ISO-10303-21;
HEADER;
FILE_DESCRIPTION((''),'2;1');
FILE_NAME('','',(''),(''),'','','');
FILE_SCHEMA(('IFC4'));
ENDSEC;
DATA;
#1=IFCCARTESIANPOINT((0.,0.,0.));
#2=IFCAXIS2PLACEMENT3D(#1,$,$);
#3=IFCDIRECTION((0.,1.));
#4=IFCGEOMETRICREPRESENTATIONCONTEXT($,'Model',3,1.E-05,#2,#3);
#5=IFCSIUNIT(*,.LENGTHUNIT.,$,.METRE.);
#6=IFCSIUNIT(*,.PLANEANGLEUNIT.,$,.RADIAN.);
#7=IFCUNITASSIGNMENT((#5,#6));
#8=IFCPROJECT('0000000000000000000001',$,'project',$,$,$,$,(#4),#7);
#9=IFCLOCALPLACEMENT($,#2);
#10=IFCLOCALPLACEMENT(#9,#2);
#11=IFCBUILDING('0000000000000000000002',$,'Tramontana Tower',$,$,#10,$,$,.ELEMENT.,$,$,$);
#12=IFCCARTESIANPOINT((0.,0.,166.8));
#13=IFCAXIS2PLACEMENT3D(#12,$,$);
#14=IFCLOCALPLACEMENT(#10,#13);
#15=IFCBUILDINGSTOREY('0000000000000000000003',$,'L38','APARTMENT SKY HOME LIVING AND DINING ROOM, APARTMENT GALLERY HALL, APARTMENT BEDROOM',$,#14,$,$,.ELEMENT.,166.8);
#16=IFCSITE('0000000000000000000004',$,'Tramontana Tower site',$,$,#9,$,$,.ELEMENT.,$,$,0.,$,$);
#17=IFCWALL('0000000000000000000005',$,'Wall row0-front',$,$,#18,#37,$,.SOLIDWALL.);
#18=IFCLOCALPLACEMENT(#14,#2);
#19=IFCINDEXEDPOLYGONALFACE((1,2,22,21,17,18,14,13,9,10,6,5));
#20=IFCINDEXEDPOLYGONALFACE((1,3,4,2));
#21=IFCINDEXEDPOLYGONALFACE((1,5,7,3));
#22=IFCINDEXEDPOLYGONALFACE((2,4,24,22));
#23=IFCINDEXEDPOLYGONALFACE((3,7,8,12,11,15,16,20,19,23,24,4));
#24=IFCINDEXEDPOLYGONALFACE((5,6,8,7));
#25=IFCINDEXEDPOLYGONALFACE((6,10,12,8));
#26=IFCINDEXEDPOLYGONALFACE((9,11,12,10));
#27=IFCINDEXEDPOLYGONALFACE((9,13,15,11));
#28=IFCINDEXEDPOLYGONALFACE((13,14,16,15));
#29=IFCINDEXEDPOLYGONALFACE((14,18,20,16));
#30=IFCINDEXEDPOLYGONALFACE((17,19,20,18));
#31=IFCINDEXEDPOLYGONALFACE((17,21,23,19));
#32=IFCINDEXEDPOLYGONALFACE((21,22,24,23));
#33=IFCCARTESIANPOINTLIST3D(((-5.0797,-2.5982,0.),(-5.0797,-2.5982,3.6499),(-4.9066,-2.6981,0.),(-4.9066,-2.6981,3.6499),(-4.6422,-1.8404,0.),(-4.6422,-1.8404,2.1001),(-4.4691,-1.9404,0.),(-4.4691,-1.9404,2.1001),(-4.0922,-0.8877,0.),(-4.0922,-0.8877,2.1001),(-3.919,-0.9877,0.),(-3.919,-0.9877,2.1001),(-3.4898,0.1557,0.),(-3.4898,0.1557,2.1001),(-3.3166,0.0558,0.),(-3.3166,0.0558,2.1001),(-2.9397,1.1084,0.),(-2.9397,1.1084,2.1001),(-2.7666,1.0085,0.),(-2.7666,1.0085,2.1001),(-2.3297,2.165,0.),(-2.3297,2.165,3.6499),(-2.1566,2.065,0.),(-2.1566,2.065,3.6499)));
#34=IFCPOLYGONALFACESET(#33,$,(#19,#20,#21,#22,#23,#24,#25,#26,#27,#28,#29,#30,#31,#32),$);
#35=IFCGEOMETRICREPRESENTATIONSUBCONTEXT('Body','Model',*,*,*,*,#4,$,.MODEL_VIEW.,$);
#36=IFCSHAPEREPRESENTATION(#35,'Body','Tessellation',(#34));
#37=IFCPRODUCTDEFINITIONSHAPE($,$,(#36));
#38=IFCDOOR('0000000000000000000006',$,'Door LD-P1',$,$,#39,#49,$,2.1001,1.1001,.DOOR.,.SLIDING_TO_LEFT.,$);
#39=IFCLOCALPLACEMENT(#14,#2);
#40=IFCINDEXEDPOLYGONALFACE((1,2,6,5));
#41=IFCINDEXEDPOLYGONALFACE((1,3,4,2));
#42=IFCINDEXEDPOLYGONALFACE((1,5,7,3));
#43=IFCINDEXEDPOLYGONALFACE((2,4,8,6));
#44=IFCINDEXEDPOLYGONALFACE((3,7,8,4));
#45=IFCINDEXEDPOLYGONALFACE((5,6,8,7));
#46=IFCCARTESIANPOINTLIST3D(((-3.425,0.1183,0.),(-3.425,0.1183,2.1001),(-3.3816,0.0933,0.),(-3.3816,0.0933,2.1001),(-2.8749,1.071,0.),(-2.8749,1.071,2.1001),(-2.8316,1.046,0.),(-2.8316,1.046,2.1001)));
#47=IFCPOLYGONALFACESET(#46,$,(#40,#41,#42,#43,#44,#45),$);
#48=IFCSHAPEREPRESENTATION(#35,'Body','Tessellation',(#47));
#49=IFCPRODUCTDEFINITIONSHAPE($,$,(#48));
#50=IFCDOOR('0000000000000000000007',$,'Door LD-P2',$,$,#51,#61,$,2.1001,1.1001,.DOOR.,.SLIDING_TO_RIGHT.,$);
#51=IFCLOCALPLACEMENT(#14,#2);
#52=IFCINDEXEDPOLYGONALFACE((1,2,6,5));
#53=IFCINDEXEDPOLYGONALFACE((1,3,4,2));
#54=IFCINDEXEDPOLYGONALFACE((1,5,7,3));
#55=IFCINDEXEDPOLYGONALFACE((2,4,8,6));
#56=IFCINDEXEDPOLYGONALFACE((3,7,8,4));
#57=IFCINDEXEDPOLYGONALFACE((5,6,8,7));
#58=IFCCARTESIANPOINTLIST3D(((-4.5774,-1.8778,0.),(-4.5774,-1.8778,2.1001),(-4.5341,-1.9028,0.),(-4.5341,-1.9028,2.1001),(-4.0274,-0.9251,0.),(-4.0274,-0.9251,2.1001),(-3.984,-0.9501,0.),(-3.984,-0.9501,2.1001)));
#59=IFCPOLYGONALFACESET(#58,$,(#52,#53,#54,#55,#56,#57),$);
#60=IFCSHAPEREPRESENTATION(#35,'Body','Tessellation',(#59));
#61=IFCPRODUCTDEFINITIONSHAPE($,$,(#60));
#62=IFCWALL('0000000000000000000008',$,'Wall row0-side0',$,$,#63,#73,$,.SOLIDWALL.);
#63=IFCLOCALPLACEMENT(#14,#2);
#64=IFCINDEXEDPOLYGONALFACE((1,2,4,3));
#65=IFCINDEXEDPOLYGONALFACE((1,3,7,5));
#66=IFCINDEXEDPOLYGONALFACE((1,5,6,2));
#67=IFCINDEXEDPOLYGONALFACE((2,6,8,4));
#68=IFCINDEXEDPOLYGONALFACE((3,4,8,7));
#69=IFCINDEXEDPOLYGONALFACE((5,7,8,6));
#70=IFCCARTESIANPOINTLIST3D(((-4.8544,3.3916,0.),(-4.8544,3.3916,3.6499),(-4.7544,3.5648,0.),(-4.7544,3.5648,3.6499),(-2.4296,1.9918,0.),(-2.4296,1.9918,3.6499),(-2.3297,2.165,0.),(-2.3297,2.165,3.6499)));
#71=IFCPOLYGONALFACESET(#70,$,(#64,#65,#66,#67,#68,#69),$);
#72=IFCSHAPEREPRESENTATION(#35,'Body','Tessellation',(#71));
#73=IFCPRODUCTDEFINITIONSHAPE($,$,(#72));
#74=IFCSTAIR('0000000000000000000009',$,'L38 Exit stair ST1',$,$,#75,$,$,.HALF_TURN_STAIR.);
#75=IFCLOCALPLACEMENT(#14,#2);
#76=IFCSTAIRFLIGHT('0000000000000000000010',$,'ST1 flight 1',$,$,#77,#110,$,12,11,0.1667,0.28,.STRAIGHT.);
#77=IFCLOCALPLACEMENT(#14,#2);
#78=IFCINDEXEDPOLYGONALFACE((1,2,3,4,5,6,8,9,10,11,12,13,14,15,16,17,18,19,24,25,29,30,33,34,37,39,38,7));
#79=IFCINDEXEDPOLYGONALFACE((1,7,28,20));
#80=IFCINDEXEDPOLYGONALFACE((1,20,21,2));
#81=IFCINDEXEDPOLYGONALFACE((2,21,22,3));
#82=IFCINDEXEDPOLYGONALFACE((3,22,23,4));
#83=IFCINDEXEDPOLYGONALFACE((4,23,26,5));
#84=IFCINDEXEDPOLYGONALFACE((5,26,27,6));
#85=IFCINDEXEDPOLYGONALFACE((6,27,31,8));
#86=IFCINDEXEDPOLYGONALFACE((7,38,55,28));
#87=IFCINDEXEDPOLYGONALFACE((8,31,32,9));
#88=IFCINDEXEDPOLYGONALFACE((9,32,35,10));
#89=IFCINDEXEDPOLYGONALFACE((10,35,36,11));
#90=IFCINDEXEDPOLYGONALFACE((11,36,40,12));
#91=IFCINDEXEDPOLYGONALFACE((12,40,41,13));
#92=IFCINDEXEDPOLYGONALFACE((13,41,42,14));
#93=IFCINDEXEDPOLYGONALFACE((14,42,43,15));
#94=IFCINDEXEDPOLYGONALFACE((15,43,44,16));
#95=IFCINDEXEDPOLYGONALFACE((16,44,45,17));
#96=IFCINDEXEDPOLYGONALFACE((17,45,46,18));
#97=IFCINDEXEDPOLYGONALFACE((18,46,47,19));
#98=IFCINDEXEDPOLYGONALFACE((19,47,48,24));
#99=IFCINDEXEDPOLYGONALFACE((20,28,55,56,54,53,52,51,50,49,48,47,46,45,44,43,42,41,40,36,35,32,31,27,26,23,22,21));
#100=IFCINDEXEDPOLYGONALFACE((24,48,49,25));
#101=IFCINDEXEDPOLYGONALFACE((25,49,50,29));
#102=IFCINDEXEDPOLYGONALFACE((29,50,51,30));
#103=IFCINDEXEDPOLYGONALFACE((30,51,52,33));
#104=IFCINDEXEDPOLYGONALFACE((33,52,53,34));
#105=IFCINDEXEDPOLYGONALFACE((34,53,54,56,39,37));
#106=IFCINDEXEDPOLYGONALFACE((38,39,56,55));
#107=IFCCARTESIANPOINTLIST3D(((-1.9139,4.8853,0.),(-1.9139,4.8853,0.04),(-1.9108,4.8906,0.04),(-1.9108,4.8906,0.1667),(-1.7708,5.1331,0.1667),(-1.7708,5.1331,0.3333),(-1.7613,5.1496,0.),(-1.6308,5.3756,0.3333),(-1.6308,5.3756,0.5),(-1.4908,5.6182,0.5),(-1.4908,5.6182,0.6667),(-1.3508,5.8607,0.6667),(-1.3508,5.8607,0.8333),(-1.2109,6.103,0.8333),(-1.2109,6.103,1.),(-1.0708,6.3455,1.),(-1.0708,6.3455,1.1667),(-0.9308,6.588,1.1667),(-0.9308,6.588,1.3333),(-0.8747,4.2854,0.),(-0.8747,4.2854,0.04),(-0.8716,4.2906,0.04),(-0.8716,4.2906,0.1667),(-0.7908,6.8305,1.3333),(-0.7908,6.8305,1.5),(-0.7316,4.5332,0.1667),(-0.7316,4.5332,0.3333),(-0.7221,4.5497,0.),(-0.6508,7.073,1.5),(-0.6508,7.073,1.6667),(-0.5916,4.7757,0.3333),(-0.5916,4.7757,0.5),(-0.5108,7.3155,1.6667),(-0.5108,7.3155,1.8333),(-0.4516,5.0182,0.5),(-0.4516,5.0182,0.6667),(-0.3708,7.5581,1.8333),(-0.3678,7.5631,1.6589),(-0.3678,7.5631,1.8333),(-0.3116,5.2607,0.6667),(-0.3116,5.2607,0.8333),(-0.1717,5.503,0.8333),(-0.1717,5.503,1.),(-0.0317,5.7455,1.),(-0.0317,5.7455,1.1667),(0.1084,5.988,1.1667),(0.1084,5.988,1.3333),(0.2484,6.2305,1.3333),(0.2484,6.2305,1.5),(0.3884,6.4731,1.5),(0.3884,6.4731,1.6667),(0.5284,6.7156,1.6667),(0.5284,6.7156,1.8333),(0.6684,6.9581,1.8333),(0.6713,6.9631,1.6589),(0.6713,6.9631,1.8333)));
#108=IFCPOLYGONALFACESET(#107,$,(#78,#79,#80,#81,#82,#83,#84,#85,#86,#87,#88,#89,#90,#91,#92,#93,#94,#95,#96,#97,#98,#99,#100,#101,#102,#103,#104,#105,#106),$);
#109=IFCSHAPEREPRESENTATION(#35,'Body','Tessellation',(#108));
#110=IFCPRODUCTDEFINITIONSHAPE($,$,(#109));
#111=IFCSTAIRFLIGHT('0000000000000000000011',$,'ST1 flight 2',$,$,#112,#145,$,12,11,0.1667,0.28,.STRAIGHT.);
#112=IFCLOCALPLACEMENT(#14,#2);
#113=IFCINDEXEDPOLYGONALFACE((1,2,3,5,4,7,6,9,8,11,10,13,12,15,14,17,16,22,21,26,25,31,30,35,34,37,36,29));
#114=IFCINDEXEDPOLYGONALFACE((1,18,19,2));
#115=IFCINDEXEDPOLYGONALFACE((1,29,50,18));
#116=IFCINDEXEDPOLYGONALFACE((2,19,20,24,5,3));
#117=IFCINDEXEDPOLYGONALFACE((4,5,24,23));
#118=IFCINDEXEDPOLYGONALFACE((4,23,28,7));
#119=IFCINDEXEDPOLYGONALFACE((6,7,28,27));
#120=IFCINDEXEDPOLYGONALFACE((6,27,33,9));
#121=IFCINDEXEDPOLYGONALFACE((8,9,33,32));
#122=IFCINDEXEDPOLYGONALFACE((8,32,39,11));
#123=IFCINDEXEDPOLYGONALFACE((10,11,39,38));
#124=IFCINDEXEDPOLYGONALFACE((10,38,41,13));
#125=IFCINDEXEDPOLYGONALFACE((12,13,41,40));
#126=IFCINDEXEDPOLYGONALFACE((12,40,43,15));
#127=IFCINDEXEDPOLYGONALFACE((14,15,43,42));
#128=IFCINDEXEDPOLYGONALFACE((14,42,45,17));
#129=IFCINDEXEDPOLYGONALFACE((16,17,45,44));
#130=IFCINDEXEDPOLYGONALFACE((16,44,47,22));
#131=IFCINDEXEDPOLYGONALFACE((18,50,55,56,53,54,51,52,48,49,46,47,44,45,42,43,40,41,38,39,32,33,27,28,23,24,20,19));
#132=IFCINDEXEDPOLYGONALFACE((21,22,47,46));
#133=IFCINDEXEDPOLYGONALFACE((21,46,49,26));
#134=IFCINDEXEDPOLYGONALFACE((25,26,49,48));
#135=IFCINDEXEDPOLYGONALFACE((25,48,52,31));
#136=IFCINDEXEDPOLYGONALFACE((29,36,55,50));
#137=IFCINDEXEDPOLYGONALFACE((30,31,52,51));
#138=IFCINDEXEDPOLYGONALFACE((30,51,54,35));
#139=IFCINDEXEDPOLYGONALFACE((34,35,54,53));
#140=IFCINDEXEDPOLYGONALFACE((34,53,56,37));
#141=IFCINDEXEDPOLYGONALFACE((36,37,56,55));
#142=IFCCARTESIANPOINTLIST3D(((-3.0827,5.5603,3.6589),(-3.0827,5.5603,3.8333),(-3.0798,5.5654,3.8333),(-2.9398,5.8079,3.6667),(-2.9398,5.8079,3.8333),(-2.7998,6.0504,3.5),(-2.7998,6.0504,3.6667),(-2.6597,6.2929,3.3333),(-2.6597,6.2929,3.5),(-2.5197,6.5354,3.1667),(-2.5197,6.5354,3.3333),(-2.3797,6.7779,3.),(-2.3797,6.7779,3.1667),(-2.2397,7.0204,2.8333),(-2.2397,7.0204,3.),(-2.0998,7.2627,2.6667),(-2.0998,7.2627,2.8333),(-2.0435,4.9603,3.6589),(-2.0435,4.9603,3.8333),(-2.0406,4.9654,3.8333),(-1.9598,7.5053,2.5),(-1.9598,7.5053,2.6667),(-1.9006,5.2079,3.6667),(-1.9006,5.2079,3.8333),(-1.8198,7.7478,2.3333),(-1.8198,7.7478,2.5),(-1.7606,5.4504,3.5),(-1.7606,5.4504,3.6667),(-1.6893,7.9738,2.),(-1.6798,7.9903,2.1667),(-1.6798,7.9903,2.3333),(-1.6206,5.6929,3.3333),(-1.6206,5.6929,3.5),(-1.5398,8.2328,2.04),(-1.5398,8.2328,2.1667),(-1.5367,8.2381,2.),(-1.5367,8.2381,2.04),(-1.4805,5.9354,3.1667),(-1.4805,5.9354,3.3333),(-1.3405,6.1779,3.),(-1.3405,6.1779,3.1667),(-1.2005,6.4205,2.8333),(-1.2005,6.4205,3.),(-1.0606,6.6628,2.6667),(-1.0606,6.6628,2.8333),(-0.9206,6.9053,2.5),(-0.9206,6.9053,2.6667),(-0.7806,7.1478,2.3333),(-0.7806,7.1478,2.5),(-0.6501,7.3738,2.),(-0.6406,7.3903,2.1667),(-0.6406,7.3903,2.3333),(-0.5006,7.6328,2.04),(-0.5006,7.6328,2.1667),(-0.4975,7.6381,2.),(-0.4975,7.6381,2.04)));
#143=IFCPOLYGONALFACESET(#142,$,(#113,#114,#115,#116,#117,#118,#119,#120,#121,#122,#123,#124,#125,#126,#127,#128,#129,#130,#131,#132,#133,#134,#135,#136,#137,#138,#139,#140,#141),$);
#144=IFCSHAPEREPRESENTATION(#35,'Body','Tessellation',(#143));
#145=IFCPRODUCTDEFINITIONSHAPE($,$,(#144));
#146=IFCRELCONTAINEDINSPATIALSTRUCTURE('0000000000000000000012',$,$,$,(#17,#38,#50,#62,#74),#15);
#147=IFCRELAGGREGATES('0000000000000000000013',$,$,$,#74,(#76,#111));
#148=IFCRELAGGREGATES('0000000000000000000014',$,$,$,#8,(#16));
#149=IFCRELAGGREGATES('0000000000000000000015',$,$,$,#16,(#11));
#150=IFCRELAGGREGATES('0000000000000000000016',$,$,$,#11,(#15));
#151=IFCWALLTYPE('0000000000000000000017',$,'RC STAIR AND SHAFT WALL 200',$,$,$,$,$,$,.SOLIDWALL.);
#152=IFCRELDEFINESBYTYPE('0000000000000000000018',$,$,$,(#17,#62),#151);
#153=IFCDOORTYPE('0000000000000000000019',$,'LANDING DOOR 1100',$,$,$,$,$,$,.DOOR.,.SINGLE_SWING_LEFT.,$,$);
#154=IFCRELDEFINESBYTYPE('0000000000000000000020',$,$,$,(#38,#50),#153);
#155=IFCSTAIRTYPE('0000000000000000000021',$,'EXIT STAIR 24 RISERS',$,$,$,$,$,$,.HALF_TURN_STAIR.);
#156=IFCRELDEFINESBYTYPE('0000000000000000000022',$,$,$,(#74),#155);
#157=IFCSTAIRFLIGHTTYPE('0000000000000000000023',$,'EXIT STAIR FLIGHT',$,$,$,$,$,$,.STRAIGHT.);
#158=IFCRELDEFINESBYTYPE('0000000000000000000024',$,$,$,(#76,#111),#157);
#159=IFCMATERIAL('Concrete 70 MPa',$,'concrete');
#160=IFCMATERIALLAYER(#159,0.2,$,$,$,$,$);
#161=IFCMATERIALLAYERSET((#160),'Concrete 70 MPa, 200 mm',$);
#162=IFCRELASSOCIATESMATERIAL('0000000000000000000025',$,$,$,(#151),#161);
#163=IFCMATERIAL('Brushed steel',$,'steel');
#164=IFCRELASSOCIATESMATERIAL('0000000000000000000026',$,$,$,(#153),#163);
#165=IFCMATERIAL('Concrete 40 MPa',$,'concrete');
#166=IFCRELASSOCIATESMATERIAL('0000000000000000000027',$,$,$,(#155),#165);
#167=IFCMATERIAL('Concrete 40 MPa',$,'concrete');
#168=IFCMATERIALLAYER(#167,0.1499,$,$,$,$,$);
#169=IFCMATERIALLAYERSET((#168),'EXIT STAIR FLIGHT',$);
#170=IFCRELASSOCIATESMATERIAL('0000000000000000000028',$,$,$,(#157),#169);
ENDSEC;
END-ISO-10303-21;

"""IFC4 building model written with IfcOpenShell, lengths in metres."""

from ifc_helpers import new_model, si_unit, direction, frame, frame_2d, origin, place, context, subcontext, project, spatial, polyline, rectangle, outline, extrude, material, layer, layer_set, type_object, element, fill, aggregate, save


model = new_model("IFC4")

# Units and contexts
model_context = context("Model", 3, precision=1e-05, world=origin(), true_north=direction((0.0, 1.0)))
body_context = subcontext(model_context, "Body", "Model", "MODEL_VIEW")
ifc_project = project(units=[si_unit("LENGTHUNIT", "METRE"), si_unit("PLANEANGLEUNIT", "RADIAN")], contexts=[model_context])

# Site, building, storey
site_placement = place(None, origin())
site = spatial("IfcSite", under=ifc_project, at=site_placement, Name="Tramontana Tower site", CompositionType="ELEMENT", RefElevation=0.0)
building_placement = place(site_placement, origin())
building = spatial("IfcBuilding", under=site, at=building_placement, Name="Tramontana Tower", CompositionType="ELEMENT")
storey_placement = place(building_placement, frame((0.0, 0.0, 166.8)))
storey = spatial("IfcBuildingStorey", under=building, at=storey_placement, Name="L38", Description="APARTMENT SKY HOME LIVING AND DINING ROOM, APARTMENT GALLERY HALL, APARTMENT BEDROOM", CompositionType="ELEMENT", Elevation=166.8)

# Shared definitions
ifc_material_1 = material(Name="Concrete 70 MPa", Category="concrete")
ifc_layer_1 = layer(ifc_material_1, 0.2)
ifc_layer_set_1 = layer_set([ifc_layer_1], Name="Concrete 70 MPa, 200 mm")
wall_type_1 = type_object("IfcWallType", Name="RC STAIR AND SHAFT WALL 200", PredefinedType="SOLIDWALL", material=ifc_layer_set_1)

# Wall, openings, doors
wall_1_placement = place(storey_placement, frame((-2.2432, 2.115, 0.0), z_axis=(0.0, 0.0, 1.0), x_axis=(-0.499997, -0.866027, 0.0)))
wall_1 = element("IfcWall", 1, at=wall_1_placement, inside=storey, type_object=wall_type_1, Name="Wall row0-front", PredefinedType="SOLIDWALL", context=body_context, shape_type="SweptSolid", body=[
    extrude(rectangle(XDim=5.5, YDim=0.2, at=frame_2d((2.75, 0.0))), origin(), (0.0, 0.0, 1.0), 3.6499),
])
opening_1_placement = place(wall_1_placement, frame((1.22, 0.0, 0.0)))
opening_1 = element("IfcOpeningElement", 2, at=opening_1_placement, cuts=wall_1, PredefinedType="OPENING", context=body_context, shape_type="SweptSolid", body=[
    extrude(rectangle(XDim=1.1001, YDim=2.1001, at=frame_2d((0.55, 1.05))), frame((0.0, 0.1099, 0.0), z_axis=(0.0, -1.0, 0.0), x_axis=(1.0, 0.0, 0.0)), (0.0, 0.0, 1.0), 0.22),
])
opening_2_placement = place(wall_1_placement, frame((3.5249, 0.0, 0.0)))
opening_2 = element("IfcOpeningElement", 3, at=opening_2_placement, cuts=wall_1, PredefinedType="OPENING", context=body_context, shape_type="SweptSolid", body=[
    extrude(rectangle(XDim=1.1001, YDim=2.1001, at=frame_2d((0.55, 1.05))), frame((0.0, 0.1099, 0.0), z_axis=(0.0, -1.0, 0.0), x_axis=(1.0, 0.0, 0.0)), (0.0, 0.0, 1.0), 0.22),
])
ifc_material_2 = material(Name="Brushed steel", Category="steel")
door_type_1 = type_object("IfcDoorType", Name="LANDING DOOR 1100", OperationType="SINGLE_SWING_LEFT", PredefinedType="DOOR", material=ifc_material_2)
door_1_placement = place(opening_1_placement, origin())
door_1 = element("IfcDoor", 4, at=door_1_placement, inside=storey, type_object=door_type_1, Name="Door LD-P1", OperationType="SLIDING_TO_LEFT", OverallHeight=2.1001, OverallWidth=1.1001, PredefinedType="DOOR", context=body_context, shape_type="SweptSolid", body=[
    extrude(rectangle(XDim=1.1001, YDim=2.1001, at=frame_2d((0.55, 1.05))), frame((0.0, 0.0249, 0.0), z_axis=(0.0, -1.0, 0.0), x_axis=(1.0, 0.0, 0.0)), (0.0, 0.0, 1.0), 0.05),
])
fill(opening_1, door_1)
door_2_placement = place(opening_2_placement, origin())
door_2 = element("IfcDoor", 5, at=door_2_placement, inside=storey, type_object=door_type_1, Name="Door LD-P2", OperationType="SLIDING_TO_RIGHT", OverallHeight=2.1001, OverallWidth=1.1001, PredefinedType="DOOR", context=body_context, shape_type="SweptSolid", body=[
    extrude(rectangle(XDim=1.1001, YDim=2.1001, at=frame_2d((0.55, 1.05))), frame((0.0, 0.0249, 0.0), z_axis=(0.0, -1.0, 0.0), x_axis=(1.0, 0.0, 0.0)), (0.0, 0.0, 1.0), 0.05),
])
fill(opening_2, door_2)

# Wall
wall_2_placement = place(storey_placement, frame((-2.3796, 2.0784, 0.0), z_axis=(0.0, 0.0, 1.0), x_axis=(-0.866035, 0.499984, 0.0)))
element("IfcWall", 6, at=wall_2_placement, inside=storey, type_object=wall_type_1, Name="Wall row0-side0", PredefinedType="SOLIDWALL", context=body_context, shape_type="SweptSolid", body=[
    extrude(rectangle(XDim=2.7998, YDim=0.2, at=frame_2d((1.3999, 0.0))), origin(), (0.0, 0.0, 1.0), 3.6499),
])

# Stair, stair flights
ifc_material_3 = material(Name="Concrete 40 MPa", Category="concrete")
stair_type = type_object("IfcStairType", Name="EXIT STAIR 24 RISERS", PredefinedType="HALF_TURN_STAIR", material=ifc_material_3)
stair_placement = place(storey_placement, origin())
stair = element("IfcStair", 7, at=stair_placement, inside=storey, type_object=stair_type, Name="L38 Exit stair ST1", PredefinedType="HALF_TURN_STAIR")
ifc_material_4 = material(Name="Concrete 40 MPa", Category="concrete")
ifc_layer_2 = layer(ifc_material_4, 0.1499)
ifc_layer_set_2 = layer_set([ifc_layer_2], Name="EXIT STAIR FLIGHT")
stair_flight_type = type_object("IfcStairFlightType", Name="EXIT STAIR FLIGHT", PredefinedType="STRAIGHT", material=ifc_layer_set_2)
stair_flight_1_placement = place(storey_placement, frame((-1.3911, 4.5906, 0.0), z_axis=(0.0, 0.0, 1.0), x_axis=(0.5, 0.866025, 0.0)))
stair_flight_1 = element("IfcStairFlight", 8, at=stair_flight_1_placement, type_object=stair_flight_type, Name="ST1 flight 1", NumberOfRisers=12, NumberOfTreads=11, PredefinedType="STRAIGHT", RiserHeight=0.1667, TreadLength=0.28, context=body_context, shape_type="SweptSolid", body=[
    extrude(outline(polyline([(-0.0061, 0.0), (-0.0061, 0.04), (0.0, 0.04), (0.0, 0.1667), (0.28, 0.1667), (0.28, 0.3333), (0.5601, 0.3333), (0.5601, 0.5), (0.8401, 0.5), (0.8401, 0.6667), (1.1201, 0.6667), (1.1201, 0.8333), (1.3999, 0.8333), (1.3999, 1.0), (1.6799, 1.0), (1.6799, 1.1667), (1.96, 1.1667), (1.96, 1.3333), (2.24, 1.3333), (2.24, 1.5), (2.52, 1.5), (2.52, 1.6667), (2.8, 1.6667), (2.8, 1.8333), (3.0801, 1.8333), (3.0859, 1.8333), (3.0859, 1.6589), (0.2991, 0.0), (-0.0061, 0.0)])), frame((0.0, 0.6001, 0.0), z_axis=(0.0, -1.0, 0.0), x_axis=(1.0, 0.0, 0.0)), (0.0, 0.0, 1.0), 1.2),
])
stair_flight_2_placement = place(storey_placement, frame((-1.0203, 7.9329, 2.0), z_axis=(0.0, 0.0, 1.0), x_axis=(-0.5, -0.866025, 0.0)))
stair_flight_2 = element("IfcStairFlight", 9, at=stair_flight_2_placement, type_object=stair_flight_type, Name="ST1 flight 2", NumberOfRisers=12, NumberOfTreads=11, PredefinedType="STRAIGHT", RiserHeight=0.1667, TreadLength=0.28, context=body_context, shape_type="SweptSolid", body=[
    extrude(outline(polyline([(-0.0061, 0.0), (-0.0061, 0.04), (0.0, 0.04), (0.0, 0.1667), (0.28, 0.1667), (0.28, 0.3333), (0.5601, 0.3333), (0.5601, 0.5), (0.8401, 0.5), (0.8401, 0.6667), (1.1201, 0.6667), (1.1201, 0.8333), (1.3999, 0.8333), (1.3999, 1.0), (1.6799, 1.0), (1.6799, 1.1667), (1.96, 1.1667), (1.96, 1.3333), (2.24, 1.3333), (2.24, 1.5), (2.52, 1.5), (2.52, 1.6667), (2.8, 1.6667), (2.8, 1.8333), (3.0801, 1.8333), (3.0859, 1.8333), (3.0859, 1.6589), (0.2991, 0.0), (-0.0061, 0.0)])), frame((0.0, 0.6001, 0.0), z_axis=(0.0, -1.0, 0.0), x_axis=(1.0, 0.0, 0.0)), (0.0, 0.0, 1.0), 1.2),
])
aggregate(stair, [stair_flight_1, stair_flight_2])

save(model, "model.ifc")
